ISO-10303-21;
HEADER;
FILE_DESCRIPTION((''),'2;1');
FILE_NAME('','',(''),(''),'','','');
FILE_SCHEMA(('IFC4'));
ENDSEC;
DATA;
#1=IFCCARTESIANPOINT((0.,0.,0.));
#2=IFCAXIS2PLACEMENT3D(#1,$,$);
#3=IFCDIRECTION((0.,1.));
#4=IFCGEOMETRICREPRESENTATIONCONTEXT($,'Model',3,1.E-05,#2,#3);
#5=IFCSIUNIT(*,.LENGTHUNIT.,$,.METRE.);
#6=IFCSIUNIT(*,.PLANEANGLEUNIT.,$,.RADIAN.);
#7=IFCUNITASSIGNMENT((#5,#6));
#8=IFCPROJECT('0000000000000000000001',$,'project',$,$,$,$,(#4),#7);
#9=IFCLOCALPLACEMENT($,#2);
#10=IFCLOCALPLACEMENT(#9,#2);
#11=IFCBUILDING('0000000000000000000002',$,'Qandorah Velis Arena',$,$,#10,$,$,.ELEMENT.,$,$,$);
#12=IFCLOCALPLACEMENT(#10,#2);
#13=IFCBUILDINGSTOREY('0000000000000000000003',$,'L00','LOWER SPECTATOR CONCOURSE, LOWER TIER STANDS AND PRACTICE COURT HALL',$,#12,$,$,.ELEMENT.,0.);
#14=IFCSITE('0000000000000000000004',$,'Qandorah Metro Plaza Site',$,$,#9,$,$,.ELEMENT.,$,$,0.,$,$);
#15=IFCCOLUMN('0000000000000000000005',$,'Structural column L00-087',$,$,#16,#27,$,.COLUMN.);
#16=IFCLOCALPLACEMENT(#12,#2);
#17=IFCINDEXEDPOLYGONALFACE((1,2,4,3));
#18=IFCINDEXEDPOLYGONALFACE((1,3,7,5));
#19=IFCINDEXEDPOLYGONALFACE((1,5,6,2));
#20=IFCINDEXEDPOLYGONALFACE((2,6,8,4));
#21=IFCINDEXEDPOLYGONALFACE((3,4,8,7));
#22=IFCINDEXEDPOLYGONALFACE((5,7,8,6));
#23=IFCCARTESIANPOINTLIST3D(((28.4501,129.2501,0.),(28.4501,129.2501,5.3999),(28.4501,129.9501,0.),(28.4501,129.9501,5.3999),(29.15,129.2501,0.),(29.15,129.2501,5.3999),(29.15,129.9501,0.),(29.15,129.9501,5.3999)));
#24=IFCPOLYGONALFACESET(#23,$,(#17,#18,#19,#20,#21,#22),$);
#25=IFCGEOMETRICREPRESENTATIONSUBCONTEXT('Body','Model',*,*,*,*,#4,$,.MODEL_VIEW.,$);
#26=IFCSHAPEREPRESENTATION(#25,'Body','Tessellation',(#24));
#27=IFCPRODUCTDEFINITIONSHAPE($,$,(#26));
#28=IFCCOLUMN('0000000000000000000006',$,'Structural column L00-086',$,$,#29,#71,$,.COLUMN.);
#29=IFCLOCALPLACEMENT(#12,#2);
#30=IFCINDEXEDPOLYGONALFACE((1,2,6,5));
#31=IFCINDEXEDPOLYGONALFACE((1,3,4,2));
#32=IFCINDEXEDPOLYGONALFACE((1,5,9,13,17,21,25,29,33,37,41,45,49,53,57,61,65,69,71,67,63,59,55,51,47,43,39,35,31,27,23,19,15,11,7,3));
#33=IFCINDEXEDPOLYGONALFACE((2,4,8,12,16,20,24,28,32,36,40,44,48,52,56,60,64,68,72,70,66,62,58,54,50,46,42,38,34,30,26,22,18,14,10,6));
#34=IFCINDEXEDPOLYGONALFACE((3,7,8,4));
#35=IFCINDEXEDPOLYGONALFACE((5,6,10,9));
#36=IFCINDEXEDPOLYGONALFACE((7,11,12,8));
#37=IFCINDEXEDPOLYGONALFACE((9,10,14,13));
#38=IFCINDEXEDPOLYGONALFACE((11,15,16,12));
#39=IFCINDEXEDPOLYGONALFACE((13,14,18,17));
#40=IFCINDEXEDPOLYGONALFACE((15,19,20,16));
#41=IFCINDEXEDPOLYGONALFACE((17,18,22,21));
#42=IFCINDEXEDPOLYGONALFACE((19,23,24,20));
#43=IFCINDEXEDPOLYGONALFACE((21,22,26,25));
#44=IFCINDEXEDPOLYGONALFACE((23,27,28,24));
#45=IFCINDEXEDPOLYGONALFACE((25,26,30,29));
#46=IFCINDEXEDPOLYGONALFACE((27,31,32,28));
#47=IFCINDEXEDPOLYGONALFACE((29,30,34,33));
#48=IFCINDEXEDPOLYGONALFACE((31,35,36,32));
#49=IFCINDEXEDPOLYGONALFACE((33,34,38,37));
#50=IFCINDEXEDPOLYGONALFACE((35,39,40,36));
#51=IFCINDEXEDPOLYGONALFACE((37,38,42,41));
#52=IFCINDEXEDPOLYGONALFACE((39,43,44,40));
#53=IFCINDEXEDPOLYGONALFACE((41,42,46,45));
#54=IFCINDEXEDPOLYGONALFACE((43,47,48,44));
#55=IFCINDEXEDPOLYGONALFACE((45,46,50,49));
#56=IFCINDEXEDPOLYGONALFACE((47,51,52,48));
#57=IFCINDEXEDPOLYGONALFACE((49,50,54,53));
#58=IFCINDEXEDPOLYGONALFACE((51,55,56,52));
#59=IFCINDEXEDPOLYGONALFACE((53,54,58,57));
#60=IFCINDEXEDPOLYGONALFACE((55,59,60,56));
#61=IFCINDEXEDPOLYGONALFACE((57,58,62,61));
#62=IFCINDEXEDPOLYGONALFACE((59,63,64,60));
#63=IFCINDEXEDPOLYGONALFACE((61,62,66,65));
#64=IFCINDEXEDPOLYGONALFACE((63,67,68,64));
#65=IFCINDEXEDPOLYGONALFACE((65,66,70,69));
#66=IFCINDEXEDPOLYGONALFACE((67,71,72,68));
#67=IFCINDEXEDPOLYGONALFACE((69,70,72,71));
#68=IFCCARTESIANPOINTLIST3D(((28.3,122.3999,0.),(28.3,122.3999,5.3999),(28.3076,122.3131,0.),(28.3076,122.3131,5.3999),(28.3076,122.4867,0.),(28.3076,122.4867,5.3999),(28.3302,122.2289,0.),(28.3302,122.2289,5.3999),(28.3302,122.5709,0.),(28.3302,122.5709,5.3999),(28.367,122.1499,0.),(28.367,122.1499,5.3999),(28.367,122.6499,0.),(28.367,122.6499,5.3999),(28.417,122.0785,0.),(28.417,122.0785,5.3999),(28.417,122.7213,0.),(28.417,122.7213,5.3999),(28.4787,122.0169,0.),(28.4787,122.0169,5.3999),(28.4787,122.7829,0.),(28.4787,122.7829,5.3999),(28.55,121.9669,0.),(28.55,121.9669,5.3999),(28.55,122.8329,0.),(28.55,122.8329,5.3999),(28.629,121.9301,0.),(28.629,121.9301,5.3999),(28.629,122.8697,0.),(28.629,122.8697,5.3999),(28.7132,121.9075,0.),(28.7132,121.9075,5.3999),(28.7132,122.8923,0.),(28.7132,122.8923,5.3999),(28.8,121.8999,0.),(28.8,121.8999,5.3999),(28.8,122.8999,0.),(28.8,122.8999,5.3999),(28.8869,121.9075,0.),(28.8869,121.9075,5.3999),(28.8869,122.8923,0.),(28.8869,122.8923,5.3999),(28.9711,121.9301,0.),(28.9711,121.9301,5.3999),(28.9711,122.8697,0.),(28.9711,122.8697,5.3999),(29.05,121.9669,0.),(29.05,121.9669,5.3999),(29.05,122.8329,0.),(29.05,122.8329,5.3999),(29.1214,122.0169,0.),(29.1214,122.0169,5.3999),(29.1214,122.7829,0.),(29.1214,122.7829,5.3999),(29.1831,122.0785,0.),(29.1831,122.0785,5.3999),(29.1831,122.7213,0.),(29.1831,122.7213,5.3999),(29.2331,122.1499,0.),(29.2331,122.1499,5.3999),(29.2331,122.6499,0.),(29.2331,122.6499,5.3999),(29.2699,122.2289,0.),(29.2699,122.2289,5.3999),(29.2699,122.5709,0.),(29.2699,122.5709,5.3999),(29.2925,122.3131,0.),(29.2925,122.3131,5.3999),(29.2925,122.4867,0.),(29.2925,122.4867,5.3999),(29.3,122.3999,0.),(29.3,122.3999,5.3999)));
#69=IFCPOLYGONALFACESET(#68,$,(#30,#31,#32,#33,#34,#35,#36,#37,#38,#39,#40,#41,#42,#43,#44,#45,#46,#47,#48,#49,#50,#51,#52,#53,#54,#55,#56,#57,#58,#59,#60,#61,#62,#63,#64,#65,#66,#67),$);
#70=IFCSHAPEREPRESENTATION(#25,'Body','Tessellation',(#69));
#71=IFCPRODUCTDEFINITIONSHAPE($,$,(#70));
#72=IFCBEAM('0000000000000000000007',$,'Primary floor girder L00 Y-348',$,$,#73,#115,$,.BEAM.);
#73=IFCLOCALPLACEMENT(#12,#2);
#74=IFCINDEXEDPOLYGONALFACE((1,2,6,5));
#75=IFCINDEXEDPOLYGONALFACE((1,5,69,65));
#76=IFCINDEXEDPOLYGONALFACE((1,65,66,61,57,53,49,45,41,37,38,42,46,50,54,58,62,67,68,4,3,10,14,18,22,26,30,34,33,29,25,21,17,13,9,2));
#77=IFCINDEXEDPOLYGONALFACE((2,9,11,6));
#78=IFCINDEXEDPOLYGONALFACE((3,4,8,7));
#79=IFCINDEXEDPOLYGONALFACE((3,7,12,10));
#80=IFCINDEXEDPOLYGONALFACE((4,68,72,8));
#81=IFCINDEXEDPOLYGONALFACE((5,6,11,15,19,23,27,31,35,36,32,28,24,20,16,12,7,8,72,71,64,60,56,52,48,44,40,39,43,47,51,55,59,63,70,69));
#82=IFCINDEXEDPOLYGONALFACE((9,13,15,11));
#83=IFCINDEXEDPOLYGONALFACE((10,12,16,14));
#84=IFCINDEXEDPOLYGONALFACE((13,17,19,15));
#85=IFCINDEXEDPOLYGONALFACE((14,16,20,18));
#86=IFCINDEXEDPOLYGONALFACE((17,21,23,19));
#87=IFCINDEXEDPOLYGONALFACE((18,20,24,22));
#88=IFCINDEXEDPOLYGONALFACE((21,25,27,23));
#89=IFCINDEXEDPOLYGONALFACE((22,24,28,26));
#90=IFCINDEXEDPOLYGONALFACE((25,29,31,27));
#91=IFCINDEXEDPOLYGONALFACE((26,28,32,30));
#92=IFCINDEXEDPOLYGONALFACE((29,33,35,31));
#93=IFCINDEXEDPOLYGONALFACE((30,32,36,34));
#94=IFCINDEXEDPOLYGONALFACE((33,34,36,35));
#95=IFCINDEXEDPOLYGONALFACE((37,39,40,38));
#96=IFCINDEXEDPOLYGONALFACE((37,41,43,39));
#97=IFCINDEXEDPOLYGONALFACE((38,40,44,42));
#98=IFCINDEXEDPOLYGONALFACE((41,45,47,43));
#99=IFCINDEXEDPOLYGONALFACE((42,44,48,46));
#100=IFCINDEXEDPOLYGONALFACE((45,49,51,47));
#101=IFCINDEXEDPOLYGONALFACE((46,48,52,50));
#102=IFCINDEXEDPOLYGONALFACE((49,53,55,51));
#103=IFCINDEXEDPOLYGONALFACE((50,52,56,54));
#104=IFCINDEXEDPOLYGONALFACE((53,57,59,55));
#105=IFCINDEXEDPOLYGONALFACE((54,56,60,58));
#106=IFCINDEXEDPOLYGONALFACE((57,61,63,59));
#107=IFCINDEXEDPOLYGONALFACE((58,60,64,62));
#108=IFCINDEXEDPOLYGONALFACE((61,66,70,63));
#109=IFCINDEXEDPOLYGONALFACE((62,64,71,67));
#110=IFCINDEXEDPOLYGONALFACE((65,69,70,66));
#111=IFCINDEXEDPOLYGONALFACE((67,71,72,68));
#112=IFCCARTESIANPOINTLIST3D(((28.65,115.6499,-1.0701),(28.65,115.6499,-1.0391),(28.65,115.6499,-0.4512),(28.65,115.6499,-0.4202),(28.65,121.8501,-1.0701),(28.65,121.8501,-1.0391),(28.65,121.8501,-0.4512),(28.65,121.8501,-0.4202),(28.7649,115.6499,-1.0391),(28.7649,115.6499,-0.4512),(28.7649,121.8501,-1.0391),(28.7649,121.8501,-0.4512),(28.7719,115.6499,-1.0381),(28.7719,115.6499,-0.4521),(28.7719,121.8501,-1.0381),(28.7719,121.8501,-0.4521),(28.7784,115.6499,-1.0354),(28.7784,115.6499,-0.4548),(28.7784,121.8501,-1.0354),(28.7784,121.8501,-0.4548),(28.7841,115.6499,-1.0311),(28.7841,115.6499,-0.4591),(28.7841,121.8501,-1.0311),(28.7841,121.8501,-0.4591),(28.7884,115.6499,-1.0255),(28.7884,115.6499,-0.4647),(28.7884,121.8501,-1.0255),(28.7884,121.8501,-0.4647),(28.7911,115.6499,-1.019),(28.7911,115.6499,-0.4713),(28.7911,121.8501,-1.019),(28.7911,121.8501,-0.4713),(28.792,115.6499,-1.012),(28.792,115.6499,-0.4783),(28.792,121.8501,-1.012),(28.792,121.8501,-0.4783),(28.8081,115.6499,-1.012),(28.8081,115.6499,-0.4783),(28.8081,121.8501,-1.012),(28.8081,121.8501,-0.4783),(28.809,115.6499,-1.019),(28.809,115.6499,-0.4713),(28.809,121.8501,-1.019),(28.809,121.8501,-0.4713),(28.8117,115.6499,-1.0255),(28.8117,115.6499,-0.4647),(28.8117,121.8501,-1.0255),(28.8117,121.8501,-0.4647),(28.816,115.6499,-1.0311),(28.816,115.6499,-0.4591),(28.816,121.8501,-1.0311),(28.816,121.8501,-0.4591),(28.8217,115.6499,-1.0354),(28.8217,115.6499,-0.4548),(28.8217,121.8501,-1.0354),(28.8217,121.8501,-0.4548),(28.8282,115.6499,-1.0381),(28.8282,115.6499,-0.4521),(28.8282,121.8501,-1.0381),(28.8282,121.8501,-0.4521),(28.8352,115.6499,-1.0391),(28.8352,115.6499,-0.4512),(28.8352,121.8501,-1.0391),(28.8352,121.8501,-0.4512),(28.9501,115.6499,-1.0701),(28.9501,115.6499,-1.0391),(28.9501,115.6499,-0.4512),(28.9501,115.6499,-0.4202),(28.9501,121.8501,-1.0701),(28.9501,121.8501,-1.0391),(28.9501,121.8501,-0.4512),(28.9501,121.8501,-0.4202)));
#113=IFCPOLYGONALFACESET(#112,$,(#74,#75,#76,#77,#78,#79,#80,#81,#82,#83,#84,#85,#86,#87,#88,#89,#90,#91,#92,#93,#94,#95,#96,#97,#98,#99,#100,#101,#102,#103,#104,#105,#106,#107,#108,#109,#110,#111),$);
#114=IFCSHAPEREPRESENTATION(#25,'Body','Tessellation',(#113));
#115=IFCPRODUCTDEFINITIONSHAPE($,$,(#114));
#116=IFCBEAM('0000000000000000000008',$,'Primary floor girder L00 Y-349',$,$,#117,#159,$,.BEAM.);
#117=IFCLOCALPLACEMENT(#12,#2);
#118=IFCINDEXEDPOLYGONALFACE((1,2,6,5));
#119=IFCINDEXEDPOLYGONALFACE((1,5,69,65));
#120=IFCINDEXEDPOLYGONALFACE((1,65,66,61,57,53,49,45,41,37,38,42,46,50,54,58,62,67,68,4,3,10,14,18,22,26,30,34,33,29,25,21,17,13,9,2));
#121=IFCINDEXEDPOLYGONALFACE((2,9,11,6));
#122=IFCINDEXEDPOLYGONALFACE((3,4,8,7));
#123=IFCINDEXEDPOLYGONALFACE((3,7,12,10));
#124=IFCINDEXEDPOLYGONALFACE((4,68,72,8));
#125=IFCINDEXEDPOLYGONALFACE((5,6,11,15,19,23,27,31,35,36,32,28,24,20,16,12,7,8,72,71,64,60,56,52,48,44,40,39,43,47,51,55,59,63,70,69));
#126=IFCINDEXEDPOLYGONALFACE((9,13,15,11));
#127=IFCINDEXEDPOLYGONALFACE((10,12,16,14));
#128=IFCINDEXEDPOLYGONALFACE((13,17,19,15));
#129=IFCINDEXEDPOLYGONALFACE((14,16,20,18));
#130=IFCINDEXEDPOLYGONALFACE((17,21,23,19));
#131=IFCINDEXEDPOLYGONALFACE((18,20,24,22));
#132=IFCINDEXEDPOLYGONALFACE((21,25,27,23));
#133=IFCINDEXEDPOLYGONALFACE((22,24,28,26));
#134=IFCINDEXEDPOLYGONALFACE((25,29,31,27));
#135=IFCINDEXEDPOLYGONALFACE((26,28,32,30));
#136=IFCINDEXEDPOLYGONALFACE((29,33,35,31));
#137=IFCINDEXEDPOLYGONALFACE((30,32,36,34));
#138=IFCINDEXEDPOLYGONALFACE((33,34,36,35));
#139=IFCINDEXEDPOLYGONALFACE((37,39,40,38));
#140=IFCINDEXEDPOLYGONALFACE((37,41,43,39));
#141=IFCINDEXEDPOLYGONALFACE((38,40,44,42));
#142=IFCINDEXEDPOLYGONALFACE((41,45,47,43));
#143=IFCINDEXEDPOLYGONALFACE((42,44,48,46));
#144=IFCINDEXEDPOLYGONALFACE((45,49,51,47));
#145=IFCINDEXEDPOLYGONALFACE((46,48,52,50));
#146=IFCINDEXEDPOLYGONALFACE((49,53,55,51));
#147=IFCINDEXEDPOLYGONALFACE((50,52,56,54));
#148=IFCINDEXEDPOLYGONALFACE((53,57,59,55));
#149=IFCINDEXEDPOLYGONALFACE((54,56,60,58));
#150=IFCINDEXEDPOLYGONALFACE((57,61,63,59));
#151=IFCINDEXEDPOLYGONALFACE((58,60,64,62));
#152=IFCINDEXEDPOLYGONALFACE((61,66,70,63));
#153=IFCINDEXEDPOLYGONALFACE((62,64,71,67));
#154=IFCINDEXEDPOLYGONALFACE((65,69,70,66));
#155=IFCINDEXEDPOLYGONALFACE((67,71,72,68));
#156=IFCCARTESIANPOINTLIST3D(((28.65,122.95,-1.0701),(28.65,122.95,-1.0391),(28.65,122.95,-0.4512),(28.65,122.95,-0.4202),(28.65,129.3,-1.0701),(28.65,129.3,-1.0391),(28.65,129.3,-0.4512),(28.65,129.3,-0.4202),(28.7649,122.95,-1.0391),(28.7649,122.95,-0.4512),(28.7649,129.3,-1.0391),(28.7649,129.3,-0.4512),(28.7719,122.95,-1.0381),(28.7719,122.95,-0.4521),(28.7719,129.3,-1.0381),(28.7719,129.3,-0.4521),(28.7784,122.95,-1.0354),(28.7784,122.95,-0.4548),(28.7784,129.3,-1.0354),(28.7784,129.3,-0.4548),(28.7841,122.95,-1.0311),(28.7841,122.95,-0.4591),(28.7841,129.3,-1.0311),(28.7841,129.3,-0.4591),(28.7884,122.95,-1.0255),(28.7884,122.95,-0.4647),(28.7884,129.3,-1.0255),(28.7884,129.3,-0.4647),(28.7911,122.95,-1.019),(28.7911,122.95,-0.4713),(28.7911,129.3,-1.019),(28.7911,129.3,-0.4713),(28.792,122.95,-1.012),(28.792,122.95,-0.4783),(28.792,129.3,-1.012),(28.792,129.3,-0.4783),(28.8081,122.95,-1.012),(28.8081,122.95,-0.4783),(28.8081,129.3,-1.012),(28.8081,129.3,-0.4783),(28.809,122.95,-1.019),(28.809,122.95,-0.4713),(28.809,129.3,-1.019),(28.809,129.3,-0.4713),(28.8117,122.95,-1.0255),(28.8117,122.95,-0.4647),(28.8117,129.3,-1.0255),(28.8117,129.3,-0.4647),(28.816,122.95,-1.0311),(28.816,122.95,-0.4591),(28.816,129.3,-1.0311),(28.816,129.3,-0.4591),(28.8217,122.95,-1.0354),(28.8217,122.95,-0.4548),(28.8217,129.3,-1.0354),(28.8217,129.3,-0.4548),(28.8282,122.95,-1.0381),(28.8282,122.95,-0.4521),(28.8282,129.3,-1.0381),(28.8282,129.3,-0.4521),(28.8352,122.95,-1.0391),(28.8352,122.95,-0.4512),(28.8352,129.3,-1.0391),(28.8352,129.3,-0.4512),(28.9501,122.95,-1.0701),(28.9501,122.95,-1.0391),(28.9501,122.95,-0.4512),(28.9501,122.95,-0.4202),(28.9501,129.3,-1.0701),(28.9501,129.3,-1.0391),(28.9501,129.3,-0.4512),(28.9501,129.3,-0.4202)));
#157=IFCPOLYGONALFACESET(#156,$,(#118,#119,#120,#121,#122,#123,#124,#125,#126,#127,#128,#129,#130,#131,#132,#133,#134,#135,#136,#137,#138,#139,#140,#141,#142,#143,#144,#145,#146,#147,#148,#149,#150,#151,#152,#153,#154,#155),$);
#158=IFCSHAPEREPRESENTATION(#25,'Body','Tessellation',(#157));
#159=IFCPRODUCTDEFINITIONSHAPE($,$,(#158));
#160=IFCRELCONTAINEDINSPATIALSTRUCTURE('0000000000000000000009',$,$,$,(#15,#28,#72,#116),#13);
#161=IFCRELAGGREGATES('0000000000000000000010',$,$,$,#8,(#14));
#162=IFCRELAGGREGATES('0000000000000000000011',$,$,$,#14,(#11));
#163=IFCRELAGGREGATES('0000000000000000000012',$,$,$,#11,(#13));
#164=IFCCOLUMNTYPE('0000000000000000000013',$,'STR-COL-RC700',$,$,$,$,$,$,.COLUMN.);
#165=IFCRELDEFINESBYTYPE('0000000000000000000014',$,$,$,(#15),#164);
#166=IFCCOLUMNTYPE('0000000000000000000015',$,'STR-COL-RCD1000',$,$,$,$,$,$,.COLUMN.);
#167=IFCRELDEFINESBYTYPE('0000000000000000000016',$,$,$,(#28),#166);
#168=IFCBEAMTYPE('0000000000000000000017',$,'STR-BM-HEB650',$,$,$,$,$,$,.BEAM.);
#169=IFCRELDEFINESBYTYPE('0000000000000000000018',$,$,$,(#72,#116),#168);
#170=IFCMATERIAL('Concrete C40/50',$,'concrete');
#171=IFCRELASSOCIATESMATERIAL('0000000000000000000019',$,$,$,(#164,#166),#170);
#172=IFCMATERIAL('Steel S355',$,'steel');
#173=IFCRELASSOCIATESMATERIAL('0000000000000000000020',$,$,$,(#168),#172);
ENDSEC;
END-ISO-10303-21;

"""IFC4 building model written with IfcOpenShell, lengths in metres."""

from ifc_helpers import new_model, si_unit, direction, frame, origin, origin_2d, place, context, subcontext, project, spatial, rectangle, circle, i_section, extrude, material, material_profile, profile_set, type_object, element, save


model = new_model("IFC4")

# Units and contexts
model_context = context("Model", 3, precision=1e-05, world=origin(), true_north=direction((0.0, 1.0)))
body_context = subcontext(model_context, "Body", "Model", "MODEL_VIEW")
ifc_project = project(units=[si_unit("LENGTHUNIT", "METRE"), si_unit("PLANEANGLEUNIT", "RADIAN")], contexts=[model_context])

# Site, building, storey
site_placement = place(None, origin())
site = spatial("IfcSite", under=ifc_project, at=site_placement, Name="Qandorah Metro Plaza Site", CompositionType="ELEMENT", RefElevation=0.0)
building_placement = place(site_placement, origin())
building = spatial("IfcBuilding", under=site, at=building_placement, Name="Qandorah Velis Arena", CompositionType="ELEMENT")
storey_placement = place(building_placement, origin())
storey = spatial("IfcBuildingStorey", under=building, at=storey_placement, Name="L00", Description="LOWER SPECTATOR CONCOURSE, LOWER TIER STANDS AND PRACTICE COURT HALL", CompositionType="ELEMENT", Elevation=0.0)

# Columns
ifc_material_1 = material(Name="Concrete C40/50", Category="concrete")
ifc_material_profile_1 = material_profile(ifc_material_1, rectangle(XDim=0.7, YDim=0.7, at=origin_2d()), Name="RC COL 700x700")
ifc_profile_set_1 = profile_set([ifc_material_profile_1], Name="Concrete C40/50")
column_type_1 = type_object("IfcColumnType", Name="STR-COL-RC700", PredefinedType="COLUMN", material=ifc_profile_set_1)
column_1_placement = place(storey_placement, frame((28.8, 129.6001, 0.0), z_axis=(0.0, 0.0, 1.0), x_axis=(1.0, 0.0, 0.0)))
element("IfcColumn", 1, at=column_1_placement, inside=storey, type_object=column_type_1, Name="Structural column L00-087", PredefinedType="COLUMN", context=body_context, shape_type="SweptSolid", body=[
    extrude(rectangle(XDim=0.7, YDim=0.7, at=origin_2d()), origin(), (0.0, 0.0, 1.0), 5.3999),
])
ifc_material_profile_2 = material_profile(ifc_material_1, circle(Radius=0.5, at=origin_2d()), Name="RC D1000")
ifc_profile_set_2 = profile_set([ifc_material_profile_2], Name="Concrete C40/50")
column_type_2 = type_object("IfcColumnType", Name="STR-COL-RCD1000", PredefinedType="COLUMN", material=ifc_profile_set_2)
column_2_placement = place(storey_placement, frame((28.8, 122.3999, 0.0), z_axis=(0.0, 0.0, 1.0), x_axis=(1.0, 0.0, 0.0)))
element("IfcColumn", 2, at=column_2_placement, inside=storey, type_object=column_type_2, Name="Structural column L00-086", PredefinedType="COLUMN", context=body_context, shape_type="SweptSolid", body=[
    extrude(circle(Radius=0.5, at=origin_2d()), origin(), (0.0, 0.0, 1.0), 5.3999),
])

# Beams
ifc_material_2 = material(Name="Steel S355", Category="steel")
ifc_material_profile_3 = material_profile(ifc_material_2, i_section(OverallWidth=0.3, OverallDepth=0.6499, WebThickness=0.0161, FlangeThickness=0.031, FilletRadius=0.0271, at=origin_2d()), Name="HEB 650")
ifc_profile_set_3 = profile_set([ifc_material_profile_3], Name="Steel S355")
beam_type_1 = type_object("IfcBeamType", Name="STR-BM-HEB650", PredefinedType="BEAM", material=ifc_profile_set_3)
beam_1_placement = place(storey_placement, frame((28.8, 115.6499, -0.7451), z_axis=(0.0, 1.0, 0.0), x_axis=(-1.0, 0.0, 0.0)))
element("IfcBeam", 3, at=beam_1_placement, inside=storey, type_object=beam_type_1, Name="Primary floor girder L00 Y-348", PredefinedType="BEAM", context=body_context, shape_type="SweptSolid", body=[
    extrude(i_section(OverallWidth=0.3, OverallDepth=0.6499, WebThickness=0.0161, FlangeThickness=0.031, FilletRadius=0.0271, at=origin_2d()), origin(), (0.0, 0.0, 1.0), 6.2002),
])
beam_2_placement = place(storey_placement, frame((28.8, 122.95, -0.7451), z_axis=(0.0, 1.0, 0.0), x_axis=(-1.0, 0.0, 0.0)))
element("IfcBeam", 4, at=beam_2_placement, inside=storey, type_object=beam_type_1, Name="Primary floor girder L00 Y-349", PredefinedType="BEAM", context=body_context, shape_type="SweptSolid", body=[
    extrude(i_section(OverallWidth=0.3, OverallDepth=0.6499, WebThickness=0.0161, FlangeThickness=0.031, FilletRadius=0.0271, at=origin_2d()), origin(), (0.0, 0.0, 1.0), 6.3501),
])

save(model, "model.ifc")
